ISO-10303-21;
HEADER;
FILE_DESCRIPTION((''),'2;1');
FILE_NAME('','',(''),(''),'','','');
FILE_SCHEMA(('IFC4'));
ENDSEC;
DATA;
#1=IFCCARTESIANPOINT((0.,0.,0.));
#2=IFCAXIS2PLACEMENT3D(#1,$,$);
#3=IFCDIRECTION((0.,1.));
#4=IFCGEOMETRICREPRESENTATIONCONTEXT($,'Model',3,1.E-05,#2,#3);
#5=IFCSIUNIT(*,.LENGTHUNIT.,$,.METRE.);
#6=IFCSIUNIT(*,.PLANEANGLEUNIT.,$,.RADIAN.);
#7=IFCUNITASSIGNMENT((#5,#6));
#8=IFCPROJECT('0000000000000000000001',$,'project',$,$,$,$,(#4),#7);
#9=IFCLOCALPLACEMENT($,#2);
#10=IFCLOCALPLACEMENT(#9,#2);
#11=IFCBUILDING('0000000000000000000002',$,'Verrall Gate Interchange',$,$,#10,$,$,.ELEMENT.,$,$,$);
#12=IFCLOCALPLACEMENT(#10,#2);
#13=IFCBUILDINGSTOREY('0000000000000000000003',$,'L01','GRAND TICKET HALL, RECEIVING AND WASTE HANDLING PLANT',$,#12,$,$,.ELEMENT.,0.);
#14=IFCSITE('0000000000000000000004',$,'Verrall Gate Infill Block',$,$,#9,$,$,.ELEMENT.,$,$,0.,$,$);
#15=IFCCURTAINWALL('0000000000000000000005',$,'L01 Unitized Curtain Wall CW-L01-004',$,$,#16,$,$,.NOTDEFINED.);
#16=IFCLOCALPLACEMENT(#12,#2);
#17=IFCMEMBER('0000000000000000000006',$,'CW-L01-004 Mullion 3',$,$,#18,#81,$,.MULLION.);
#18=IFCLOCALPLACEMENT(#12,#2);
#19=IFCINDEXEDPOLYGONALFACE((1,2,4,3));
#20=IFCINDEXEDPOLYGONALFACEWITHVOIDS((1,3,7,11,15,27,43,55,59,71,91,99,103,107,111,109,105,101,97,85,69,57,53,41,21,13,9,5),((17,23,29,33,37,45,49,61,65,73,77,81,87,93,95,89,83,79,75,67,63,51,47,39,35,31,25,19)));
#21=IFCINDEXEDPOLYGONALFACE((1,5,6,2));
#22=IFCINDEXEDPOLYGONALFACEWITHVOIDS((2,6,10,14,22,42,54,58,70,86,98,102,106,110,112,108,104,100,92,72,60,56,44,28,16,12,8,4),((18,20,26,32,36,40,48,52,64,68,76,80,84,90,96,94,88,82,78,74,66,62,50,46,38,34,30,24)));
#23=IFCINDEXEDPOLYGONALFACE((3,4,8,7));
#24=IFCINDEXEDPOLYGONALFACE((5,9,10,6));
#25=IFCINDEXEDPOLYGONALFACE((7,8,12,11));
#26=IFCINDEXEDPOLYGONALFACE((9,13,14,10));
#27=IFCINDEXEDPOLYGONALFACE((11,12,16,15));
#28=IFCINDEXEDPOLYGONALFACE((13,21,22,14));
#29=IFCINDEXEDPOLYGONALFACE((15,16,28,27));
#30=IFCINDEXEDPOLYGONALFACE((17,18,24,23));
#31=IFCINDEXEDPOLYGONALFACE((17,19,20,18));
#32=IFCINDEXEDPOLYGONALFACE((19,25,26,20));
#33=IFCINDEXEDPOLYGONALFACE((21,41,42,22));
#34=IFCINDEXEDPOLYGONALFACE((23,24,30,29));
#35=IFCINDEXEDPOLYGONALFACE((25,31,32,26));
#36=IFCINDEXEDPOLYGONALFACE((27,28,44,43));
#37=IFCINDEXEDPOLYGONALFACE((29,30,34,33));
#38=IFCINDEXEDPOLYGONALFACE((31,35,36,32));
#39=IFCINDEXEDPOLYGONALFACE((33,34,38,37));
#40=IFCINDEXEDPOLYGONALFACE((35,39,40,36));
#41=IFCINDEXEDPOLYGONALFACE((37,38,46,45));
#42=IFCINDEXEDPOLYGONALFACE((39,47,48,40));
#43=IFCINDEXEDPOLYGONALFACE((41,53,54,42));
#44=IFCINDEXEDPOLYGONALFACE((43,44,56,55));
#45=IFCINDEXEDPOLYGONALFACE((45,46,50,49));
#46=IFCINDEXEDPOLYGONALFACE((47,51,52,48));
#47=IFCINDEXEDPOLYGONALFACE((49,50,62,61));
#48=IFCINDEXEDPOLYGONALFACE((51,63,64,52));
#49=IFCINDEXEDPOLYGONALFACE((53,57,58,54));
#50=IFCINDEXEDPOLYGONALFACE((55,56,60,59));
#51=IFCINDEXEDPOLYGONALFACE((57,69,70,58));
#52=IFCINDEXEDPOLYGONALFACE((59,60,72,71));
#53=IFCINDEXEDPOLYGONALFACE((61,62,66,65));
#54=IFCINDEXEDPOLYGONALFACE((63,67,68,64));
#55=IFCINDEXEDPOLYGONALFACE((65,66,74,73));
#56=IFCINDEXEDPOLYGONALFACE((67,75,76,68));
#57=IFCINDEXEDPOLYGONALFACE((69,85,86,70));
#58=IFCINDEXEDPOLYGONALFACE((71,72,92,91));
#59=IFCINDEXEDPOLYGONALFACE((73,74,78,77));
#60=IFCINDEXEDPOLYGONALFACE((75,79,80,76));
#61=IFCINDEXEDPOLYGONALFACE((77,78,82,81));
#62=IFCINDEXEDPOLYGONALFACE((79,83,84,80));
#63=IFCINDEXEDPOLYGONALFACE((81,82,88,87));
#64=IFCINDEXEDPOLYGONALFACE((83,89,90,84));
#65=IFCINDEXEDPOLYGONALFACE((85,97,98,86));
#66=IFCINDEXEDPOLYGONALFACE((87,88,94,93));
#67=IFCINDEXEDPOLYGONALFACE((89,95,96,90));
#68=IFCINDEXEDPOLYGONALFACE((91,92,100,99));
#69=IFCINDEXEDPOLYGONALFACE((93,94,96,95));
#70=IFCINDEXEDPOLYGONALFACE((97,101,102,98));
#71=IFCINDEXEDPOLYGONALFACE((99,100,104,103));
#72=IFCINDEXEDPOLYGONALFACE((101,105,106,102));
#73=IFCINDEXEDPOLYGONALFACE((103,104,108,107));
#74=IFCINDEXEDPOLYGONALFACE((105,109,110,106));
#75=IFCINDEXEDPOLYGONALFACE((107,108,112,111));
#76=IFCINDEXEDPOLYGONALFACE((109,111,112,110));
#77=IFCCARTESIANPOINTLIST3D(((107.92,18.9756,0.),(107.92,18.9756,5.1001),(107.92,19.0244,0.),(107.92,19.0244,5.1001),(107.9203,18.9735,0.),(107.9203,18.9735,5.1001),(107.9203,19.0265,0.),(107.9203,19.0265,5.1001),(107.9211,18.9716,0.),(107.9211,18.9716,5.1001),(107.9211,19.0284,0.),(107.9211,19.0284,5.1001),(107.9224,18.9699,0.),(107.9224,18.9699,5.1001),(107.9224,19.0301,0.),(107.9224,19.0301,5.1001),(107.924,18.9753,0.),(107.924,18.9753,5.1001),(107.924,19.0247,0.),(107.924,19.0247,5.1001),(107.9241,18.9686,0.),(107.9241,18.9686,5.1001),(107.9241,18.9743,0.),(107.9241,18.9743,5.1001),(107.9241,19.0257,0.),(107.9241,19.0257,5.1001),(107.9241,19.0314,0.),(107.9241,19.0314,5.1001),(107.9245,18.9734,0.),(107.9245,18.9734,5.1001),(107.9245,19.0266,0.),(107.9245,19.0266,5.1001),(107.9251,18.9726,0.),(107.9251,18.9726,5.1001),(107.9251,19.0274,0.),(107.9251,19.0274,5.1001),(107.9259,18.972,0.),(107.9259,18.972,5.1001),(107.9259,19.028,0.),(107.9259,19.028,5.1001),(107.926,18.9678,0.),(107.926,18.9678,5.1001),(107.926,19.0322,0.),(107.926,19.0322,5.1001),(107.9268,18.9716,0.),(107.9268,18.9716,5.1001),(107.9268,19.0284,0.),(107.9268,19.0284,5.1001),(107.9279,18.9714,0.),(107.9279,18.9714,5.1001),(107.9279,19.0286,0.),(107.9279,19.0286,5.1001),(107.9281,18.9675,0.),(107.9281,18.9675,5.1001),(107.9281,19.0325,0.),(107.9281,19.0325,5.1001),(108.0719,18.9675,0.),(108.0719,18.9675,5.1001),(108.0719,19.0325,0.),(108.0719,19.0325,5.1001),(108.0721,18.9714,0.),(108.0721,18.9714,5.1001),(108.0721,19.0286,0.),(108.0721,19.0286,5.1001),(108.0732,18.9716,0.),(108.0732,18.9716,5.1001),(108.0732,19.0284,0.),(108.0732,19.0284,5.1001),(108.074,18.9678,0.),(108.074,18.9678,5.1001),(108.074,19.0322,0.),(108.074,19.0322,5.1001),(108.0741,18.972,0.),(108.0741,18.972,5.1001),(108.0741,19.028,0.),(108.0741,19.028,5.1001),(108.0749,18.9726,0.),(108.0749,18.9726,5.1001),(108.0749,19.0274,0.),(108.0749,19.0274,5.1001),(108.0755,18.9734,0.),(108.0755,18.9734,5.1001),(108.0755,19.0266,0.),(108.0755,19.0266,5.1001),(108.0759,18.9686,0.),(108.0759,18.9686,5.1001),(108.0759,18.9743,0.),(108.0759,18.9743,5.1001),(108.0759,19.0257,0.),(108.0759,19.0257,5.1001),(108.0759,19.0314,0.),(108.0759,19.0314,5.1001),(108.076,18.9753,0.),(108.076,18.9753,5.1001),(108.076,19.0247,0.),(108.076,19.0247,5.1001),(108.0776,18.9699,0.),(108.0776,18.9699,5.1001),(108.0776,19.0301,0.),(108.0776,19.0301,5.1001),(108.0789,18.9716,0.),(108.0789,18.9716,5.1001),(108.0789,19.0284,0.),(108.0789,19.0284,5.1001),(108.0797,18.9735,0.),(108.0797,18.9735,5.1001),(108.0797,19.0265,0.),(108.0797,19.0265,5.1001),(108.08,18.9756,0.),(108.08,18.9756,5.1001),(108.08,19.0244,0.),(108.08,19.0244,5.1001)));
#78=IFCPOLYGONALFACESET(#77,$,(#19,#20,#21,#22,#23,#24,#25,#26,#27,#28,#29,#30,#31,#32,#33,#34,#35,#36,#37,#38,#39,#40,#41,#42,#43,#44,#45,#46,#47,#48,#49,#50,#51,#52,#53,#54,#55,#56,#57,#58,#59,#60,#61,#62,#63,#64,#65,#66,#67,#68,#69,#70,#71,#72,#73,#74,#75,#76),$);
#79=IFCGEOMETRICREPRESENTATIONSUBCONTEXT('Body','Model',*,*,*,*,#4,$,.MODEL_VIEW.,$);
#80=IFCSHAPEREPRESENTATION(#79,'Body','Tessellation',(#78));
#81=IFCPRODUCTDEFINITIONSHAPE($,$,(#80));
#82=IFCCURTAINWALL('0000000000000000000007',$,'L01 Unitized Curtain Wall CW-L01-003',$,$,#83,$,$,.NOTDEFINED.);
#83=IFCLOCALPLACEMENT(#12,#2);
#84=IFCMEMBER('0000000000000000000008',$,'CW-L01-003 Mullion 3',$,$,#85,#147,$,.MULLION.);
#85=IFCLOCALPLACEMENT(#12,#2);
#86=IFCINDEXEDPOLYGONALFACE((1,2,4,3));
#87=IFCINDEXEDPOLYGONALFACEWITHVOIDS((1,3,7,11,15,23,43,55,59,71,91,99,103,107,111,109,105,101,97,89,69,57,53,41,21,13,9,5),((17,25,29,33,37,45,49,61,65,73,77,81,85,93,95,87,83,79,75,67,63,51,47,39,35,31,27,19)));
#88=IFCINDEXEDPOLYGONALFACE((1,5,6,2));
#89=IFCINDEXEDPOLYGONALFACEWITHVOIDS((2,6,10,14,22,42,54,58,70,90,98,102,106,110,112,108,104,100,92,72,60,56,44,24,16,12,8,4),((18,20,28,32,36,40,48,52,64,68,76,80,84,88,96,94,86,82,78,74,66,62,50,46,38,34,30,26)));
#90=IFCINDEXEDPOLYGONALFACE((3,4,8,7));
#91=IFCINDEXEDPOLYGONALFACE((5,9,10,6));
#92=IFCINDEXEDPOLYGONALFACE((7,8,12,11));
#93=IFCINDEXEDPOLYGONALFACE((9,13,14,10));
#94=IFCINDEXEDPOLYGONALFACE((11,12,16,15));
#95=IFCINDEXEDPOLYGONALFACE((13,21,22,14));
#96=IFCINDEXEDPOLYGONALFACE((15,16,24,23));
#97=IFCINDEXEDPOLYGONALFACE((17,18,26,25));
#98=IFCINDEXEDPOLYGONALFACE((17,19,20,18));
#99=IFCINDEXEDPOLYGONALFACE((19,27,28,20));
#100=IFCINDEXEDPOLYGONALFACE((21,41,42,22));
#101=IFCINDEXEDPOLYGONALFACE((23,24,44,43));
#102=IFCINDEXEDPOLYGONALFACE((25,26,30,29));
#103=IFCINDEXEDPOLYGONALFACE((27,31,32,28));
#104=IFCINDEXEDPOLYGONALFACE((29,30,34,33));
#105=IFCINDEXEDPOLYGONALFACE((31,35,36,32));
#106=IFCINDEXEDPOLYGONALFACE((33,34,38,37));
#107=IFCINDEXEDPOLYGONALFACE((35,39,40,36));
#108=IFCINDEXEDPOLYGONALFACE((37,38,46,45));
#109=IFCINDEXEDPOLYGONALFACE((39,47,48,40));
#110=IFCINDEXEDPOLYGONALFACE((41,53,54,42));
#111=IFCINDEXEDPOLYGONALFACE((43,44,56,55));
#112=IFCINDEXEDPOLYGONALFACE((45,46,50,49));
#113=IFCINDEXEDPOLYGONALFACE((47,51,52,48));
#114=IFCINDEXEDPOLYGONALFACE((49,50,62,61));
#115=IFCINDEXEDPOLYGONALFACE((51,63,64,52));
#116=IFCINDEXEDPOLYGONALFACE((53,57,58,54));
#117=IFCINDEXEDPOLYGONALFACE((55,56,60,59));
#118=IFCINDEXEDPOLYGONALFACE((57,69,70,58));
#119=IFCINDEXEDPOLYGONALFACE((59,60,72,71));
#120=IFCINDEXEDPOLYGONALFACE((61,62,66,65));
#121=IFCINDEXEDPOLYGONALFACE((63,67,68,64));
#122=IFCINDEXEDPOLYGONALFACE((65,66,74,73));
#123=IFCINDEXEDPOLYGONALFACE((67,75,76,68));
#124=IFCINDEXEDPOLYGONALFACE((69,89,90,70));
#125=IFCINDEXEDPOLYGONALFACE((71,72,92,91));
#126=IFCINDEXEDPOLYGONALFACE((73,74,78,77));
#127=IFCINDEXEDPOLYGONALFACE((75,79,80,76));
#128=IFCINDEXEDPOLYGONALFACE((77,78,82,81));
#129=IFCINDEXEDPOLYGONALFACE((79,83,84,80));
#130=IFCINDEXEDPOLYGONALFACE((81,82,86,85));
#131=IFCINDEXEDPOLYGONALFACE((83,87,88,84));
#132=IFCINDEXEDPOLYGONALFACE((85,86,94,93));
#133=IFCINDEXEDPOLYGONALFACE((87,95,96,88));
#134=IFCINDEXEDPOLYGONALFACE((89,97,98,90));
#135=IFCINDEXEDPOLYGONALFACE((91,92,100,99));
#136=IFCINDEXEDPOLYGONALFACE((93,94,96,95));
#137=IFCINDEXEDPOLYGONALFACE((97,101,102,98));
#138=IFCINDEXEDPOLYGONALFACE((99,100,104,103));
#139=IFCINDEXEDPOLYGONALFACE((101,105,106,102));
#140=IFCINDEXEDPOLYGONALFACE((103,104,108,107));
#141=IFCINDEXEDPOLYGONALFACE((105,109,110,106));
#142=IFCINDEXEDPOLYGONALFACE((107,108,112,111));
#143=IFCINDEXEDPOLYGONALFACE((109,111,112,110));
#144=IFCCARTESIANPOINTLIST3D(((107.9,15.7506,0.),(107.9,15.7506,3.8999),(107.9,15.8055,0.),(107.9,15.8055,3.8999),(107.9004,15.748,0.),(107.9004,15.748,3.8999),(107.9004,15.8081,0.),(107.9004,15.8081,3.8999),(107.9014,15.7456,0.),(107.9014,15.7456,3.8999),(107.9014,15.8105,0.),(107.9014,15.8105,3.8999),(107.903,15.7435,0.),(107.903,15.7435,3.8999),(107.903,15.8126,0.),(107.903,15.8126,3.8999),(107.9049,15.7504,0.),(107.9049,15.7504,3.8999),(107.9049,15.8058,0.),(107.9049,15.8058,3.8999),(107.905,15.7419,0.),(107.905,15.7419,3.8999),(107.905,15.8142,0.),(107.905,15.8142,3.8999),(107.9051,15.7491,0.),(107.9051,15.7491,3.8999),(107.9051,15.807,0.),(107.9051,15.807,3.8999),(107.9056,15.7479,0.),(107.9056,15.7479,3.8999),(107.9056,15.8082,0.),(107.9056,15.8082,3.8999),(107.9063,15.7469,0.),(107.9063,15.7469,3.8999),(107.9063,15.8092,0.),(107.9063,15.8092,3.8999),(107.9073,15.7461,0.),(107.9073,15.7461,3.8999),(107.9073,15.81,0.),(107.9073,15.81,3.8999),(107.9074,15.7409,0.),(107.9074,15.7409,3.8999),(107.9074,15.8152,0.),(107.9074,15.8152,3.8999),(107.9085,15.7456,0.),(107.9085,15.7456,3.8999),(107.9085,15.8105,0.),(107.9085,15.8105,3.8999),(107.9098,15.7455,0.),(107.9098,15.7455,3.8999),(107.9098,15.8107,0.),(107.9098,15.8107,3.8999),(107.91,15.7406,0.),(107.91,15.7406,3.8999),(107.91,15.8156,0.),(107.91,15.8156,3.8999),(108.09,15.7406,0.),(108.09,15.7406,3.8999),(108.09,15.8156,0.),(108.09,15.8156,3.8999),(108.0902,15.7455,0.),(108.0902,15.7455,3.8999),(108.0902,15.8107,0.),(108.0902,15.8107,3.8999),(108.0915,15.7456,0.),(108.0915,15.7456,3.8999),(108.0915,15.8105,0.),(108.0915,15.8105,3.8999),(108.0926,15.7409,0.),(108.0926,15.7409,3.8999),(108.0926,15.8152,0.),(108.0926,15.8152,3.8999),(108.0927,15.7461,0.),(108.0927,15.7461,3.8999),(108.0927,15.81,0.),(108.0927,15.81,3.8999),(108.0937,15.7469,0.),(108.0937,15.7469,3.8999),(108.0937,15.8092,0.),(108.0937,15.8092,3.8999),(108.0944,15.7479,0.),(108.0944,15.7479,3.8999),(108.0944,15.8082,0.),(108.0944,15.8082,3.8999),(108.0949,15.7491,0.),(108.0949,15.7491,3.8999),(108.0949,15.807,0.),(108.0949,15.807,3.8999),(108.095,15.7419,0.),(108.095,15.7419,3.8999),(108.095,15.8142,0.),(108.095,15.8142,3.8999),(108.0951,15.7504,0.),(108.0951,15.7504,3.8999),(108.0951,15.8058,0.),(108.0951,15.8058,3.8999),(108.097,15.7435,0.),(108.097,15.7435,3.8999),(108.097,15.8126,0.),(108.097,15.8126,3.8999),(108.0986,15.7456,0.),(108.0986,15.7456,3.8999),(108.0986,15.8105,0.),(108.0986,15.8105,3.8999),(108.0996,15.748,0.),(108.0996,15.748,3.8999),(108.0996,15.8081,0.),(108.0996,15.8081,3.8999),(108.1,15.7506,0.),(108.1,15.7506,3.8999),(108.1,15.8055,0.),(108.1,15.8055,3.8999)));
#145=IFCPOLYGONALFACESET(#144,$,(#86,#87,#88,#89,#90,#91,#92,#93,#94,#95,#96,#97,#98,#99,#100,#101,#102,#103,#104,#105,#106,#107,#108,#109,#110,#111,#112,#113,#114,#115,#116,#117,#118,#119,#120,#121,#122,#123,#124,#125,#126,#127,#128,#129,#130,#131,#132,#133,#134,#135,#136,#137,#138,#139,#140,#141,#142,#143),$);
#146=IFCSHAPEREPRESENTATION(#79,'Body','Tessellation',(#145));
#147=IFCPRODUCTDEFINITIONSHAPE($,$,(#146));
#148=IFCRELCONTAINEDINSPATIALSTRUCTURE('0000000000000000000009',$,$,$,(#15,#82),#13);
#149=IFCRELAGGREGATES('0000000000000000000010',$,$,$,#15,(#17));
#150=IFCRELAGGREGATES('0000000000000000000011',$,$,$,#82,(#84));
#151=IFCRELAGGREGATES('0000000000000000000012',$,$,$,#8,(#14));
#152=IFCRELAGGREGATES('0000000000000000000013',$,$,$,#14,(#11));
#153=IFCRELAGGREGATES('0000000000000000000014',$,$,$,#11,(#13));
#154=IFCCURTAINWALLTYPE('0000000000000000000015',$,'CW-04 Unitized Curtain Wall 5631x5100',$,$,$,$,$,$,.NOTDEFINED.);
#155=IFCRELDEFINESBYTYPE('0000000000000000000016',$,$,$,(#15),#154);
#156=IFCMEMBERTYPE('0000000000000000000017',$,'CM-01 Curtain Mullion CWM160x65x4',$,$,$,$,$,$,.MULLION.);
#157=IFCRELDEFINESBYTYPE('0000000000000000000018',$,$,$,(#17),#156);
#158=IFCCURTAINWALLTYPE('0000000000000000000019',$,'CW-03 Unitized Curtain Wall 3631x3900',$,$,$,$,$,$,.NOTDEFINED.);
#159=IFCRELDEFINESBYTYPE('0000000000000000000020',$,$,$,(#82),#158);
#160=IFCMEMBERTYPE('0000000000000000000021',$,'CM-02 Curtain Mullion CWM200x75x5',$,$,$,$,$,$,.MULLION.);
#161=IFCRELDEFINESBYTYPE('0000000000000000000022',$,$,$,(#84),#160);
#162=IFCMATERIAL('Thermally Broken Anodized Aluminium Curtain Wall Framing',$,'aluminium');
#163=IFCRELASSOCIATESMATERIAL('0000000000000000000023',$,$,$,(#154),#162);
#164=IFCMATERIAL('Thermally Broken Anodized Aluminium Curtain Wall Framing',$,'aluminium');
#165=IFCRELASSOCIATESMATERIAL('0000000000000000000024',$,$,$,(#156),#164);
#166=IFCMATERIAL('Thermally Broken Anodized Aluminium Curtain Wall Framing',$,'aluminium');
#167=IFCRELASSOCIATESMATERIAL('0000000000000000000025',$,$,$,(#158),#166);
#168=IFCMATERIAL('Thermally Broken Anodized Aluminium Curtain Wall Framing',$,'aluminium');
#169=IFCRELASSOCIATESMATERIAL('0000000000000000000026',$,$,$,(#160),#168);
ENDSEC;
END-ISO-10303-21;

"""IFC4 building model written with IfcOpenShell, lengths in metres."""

from ifc_helpers import new_model, si_unit, direction, frame, origin, origin_2d, place, context, subcontext, project, spatial, hollow_rectangle, extrude, material, material_profile, profile_set, type_object, element, aggregate, save


model = new_model("IFC4")

# Units and contexts
model_context = context("Model", 3, precision=1e-05, world=origin(), true_north=direction((0.0, 1.0)))
body_context = subcontext(model_context, "Body", "Model", "MODEL_VIEW")
ifc_project = project(units=[si_unit("LENGTHUNIT", "METRE"), si_unit("PLANEANGLEUNIT", "RADIAN")], contexts=[model_context])

# Site, building, storey
site_placement = place(None, origin())
site = spatial("IfcSite", under=ifc_project, at=site_placement, Name="Verrall Gate Infill Block", CompositionType="ELEMENT", RefElevation=0.0)
building_placement = place(site_placement, origin())
building = spatial("IfcBuilding", under=site, at=building_placement, Name="Verrall Gate Interchange", CompositionType="ELEMENT")
storey_placement = place(building_placement, origin())
storey = spatial("IfcBuildingStorey", under=building, at=storey_placement, Name="L01", Description="GRAND TICKET HALL, RECEIVING AND WASTE HANDLING PLANT", CompositionType="ELEMENT", Elevation=0.0)

# Curtain wall, member
ifc_material_1 = material(Name="Thermally Broken Anodized Aluminium Curtain Wall Framing", Category="aluminium")
curtain_wall_type_1 = type_object("IfcCurtainWallType", Name="CW-04 Unitized Curtain Wall 5631x5100", PredefinedType="NOTDEFINED", material=ifc_material_1)
curtain_wall_1_placement = place(storey_placement, origin())
curtain_wall_1 = element("IfcCurtainWall", 1, at=curtain_wall_1_placement, inside=storey, type_object=curtain_wall_type_1, Name="L01 Unitized Curtain Wall CW-L01-004", PredefinedType="NOTDEFINED")
ifc_material_2 = material(Name="Thermally Broken Anodized Aluminium Curtain Wall Framing", Category="aluminium")
ifc_material_profile_1 = material_profile(ifc_material_2, hollow_rectangle(XDim=0.0649, YDim=0.1599, WallThickness=0.0039, InnerFilletRadius=0.0039, OuterFilletRadius=0.0081, at=origin_2d()), Name="CWM160x65x4")
ifc_profile_set_1 = profile_set([ifc_material_profile_1], Name="Thermally Broken Anodized Aluminium Curtain Wall Framing")
member_type_1 = type_object("IfcMemberType", Name="CM-01 Curtain Mullion CWM160x65x4", PredefinedType="MULLION", material=ifc_profile_set_1)
member_1_placement = place(storey_placement, frame((108.0, 19.0, 0.0), z_axis=(0.0, 0.0, 1.0), x_axis=(0.0, 1.0, 0.0)))
member_1 = element("IfcMember", 2, at=member_1_placement, type_object=member_type_1, Name="CW-L01-004 Mullion 3", PredefinedType="MULLION", context=body_context, shape_type="SweptSolid", body=[
    extrude(hollow_rectangle(XDim=0.0649, YDim=0.1599, WallThickness=0.0039, InnerFilletRadius=0.0039, OuterFilletRadius=0.0081, at=origin_2d()), origin(), (0.0, 0.0, 1.0), 5.1001),
])

# Curtain wall, member
ifc_material_3 = material(Name="Thermally Broken Anodized Aluminium Curtain Wall Framing", Category="aluminium")
curtain_wall_type_2 = type_object("IfcCurtainWallType", Name="CW-03 Unitized Curtain Wall 3631x3900", PredefinedType="NOTDEFINED", material=ifc_material_3)
curtain_wall_2_placement = place(storey_placement, origin())
curtain_wall_2 = element("IfcCurtainWall", 3, at=curtain_wall_2_placement, inside=storey, type_object=curtain_wall_type_2, Name="L01 Unitized Curtain Wall CW-L01-003", PredefinedType="NOTDEFINED")
ifc_material_4 = material(Name="Thermally Broken Anodized Aluminium Curtain Wall Framing", Category="aluminium")
ifc_material_profile_2 = material_profile(ifc_material_4, hollow_rectangle(XDim=0.075, YDim=0.2, WallThickness=0.0049, InnerFilletRadius=0.0049, OuterFilletRadius=0.01, at=origin_2d()), Name="CWM200x75x5")
ifc_profile_set_2 = profile_set([ifc_material_profile_2], Name="Thermally Broken Anodized Aluminium Curtain Wall Framing")
member_type_2 = type_object("IfcMemberType", Name="CM-02 Curtain Mullion CWM200x75x5", PredefinedType="MULLION", material=ifc_profile_set_2)
member_2_placement = place(storey_placement, frame((108.0, 15.7781, 0.0), z_axis=(0.0, 0.0, 1.0), x_axis=(0.0, 1.0, 0.0)))
member_2 = element("IfcMember", 4, at=member_2_placement, type_object=member_type_2, Name="CW-L01-003 Mullion 3", PredefinedType="MULLION", context=body_context, shape_type="SweptSolid", body=[
    extrude(hollow_rectangle(XDim=0.075, YDim=0.2, WallThickness=0.0049, InnerFilletRadius=0.0049, OuterFilletRadius=0.01, at=origin_2d()), origin(), (0.0, 0.0, 1.0), 3.8999),
])

aggregate(curtain_wall_1, [member_1])
aggregate(curtain_wall_2, [member_2])

save(model, "model.ifc")
